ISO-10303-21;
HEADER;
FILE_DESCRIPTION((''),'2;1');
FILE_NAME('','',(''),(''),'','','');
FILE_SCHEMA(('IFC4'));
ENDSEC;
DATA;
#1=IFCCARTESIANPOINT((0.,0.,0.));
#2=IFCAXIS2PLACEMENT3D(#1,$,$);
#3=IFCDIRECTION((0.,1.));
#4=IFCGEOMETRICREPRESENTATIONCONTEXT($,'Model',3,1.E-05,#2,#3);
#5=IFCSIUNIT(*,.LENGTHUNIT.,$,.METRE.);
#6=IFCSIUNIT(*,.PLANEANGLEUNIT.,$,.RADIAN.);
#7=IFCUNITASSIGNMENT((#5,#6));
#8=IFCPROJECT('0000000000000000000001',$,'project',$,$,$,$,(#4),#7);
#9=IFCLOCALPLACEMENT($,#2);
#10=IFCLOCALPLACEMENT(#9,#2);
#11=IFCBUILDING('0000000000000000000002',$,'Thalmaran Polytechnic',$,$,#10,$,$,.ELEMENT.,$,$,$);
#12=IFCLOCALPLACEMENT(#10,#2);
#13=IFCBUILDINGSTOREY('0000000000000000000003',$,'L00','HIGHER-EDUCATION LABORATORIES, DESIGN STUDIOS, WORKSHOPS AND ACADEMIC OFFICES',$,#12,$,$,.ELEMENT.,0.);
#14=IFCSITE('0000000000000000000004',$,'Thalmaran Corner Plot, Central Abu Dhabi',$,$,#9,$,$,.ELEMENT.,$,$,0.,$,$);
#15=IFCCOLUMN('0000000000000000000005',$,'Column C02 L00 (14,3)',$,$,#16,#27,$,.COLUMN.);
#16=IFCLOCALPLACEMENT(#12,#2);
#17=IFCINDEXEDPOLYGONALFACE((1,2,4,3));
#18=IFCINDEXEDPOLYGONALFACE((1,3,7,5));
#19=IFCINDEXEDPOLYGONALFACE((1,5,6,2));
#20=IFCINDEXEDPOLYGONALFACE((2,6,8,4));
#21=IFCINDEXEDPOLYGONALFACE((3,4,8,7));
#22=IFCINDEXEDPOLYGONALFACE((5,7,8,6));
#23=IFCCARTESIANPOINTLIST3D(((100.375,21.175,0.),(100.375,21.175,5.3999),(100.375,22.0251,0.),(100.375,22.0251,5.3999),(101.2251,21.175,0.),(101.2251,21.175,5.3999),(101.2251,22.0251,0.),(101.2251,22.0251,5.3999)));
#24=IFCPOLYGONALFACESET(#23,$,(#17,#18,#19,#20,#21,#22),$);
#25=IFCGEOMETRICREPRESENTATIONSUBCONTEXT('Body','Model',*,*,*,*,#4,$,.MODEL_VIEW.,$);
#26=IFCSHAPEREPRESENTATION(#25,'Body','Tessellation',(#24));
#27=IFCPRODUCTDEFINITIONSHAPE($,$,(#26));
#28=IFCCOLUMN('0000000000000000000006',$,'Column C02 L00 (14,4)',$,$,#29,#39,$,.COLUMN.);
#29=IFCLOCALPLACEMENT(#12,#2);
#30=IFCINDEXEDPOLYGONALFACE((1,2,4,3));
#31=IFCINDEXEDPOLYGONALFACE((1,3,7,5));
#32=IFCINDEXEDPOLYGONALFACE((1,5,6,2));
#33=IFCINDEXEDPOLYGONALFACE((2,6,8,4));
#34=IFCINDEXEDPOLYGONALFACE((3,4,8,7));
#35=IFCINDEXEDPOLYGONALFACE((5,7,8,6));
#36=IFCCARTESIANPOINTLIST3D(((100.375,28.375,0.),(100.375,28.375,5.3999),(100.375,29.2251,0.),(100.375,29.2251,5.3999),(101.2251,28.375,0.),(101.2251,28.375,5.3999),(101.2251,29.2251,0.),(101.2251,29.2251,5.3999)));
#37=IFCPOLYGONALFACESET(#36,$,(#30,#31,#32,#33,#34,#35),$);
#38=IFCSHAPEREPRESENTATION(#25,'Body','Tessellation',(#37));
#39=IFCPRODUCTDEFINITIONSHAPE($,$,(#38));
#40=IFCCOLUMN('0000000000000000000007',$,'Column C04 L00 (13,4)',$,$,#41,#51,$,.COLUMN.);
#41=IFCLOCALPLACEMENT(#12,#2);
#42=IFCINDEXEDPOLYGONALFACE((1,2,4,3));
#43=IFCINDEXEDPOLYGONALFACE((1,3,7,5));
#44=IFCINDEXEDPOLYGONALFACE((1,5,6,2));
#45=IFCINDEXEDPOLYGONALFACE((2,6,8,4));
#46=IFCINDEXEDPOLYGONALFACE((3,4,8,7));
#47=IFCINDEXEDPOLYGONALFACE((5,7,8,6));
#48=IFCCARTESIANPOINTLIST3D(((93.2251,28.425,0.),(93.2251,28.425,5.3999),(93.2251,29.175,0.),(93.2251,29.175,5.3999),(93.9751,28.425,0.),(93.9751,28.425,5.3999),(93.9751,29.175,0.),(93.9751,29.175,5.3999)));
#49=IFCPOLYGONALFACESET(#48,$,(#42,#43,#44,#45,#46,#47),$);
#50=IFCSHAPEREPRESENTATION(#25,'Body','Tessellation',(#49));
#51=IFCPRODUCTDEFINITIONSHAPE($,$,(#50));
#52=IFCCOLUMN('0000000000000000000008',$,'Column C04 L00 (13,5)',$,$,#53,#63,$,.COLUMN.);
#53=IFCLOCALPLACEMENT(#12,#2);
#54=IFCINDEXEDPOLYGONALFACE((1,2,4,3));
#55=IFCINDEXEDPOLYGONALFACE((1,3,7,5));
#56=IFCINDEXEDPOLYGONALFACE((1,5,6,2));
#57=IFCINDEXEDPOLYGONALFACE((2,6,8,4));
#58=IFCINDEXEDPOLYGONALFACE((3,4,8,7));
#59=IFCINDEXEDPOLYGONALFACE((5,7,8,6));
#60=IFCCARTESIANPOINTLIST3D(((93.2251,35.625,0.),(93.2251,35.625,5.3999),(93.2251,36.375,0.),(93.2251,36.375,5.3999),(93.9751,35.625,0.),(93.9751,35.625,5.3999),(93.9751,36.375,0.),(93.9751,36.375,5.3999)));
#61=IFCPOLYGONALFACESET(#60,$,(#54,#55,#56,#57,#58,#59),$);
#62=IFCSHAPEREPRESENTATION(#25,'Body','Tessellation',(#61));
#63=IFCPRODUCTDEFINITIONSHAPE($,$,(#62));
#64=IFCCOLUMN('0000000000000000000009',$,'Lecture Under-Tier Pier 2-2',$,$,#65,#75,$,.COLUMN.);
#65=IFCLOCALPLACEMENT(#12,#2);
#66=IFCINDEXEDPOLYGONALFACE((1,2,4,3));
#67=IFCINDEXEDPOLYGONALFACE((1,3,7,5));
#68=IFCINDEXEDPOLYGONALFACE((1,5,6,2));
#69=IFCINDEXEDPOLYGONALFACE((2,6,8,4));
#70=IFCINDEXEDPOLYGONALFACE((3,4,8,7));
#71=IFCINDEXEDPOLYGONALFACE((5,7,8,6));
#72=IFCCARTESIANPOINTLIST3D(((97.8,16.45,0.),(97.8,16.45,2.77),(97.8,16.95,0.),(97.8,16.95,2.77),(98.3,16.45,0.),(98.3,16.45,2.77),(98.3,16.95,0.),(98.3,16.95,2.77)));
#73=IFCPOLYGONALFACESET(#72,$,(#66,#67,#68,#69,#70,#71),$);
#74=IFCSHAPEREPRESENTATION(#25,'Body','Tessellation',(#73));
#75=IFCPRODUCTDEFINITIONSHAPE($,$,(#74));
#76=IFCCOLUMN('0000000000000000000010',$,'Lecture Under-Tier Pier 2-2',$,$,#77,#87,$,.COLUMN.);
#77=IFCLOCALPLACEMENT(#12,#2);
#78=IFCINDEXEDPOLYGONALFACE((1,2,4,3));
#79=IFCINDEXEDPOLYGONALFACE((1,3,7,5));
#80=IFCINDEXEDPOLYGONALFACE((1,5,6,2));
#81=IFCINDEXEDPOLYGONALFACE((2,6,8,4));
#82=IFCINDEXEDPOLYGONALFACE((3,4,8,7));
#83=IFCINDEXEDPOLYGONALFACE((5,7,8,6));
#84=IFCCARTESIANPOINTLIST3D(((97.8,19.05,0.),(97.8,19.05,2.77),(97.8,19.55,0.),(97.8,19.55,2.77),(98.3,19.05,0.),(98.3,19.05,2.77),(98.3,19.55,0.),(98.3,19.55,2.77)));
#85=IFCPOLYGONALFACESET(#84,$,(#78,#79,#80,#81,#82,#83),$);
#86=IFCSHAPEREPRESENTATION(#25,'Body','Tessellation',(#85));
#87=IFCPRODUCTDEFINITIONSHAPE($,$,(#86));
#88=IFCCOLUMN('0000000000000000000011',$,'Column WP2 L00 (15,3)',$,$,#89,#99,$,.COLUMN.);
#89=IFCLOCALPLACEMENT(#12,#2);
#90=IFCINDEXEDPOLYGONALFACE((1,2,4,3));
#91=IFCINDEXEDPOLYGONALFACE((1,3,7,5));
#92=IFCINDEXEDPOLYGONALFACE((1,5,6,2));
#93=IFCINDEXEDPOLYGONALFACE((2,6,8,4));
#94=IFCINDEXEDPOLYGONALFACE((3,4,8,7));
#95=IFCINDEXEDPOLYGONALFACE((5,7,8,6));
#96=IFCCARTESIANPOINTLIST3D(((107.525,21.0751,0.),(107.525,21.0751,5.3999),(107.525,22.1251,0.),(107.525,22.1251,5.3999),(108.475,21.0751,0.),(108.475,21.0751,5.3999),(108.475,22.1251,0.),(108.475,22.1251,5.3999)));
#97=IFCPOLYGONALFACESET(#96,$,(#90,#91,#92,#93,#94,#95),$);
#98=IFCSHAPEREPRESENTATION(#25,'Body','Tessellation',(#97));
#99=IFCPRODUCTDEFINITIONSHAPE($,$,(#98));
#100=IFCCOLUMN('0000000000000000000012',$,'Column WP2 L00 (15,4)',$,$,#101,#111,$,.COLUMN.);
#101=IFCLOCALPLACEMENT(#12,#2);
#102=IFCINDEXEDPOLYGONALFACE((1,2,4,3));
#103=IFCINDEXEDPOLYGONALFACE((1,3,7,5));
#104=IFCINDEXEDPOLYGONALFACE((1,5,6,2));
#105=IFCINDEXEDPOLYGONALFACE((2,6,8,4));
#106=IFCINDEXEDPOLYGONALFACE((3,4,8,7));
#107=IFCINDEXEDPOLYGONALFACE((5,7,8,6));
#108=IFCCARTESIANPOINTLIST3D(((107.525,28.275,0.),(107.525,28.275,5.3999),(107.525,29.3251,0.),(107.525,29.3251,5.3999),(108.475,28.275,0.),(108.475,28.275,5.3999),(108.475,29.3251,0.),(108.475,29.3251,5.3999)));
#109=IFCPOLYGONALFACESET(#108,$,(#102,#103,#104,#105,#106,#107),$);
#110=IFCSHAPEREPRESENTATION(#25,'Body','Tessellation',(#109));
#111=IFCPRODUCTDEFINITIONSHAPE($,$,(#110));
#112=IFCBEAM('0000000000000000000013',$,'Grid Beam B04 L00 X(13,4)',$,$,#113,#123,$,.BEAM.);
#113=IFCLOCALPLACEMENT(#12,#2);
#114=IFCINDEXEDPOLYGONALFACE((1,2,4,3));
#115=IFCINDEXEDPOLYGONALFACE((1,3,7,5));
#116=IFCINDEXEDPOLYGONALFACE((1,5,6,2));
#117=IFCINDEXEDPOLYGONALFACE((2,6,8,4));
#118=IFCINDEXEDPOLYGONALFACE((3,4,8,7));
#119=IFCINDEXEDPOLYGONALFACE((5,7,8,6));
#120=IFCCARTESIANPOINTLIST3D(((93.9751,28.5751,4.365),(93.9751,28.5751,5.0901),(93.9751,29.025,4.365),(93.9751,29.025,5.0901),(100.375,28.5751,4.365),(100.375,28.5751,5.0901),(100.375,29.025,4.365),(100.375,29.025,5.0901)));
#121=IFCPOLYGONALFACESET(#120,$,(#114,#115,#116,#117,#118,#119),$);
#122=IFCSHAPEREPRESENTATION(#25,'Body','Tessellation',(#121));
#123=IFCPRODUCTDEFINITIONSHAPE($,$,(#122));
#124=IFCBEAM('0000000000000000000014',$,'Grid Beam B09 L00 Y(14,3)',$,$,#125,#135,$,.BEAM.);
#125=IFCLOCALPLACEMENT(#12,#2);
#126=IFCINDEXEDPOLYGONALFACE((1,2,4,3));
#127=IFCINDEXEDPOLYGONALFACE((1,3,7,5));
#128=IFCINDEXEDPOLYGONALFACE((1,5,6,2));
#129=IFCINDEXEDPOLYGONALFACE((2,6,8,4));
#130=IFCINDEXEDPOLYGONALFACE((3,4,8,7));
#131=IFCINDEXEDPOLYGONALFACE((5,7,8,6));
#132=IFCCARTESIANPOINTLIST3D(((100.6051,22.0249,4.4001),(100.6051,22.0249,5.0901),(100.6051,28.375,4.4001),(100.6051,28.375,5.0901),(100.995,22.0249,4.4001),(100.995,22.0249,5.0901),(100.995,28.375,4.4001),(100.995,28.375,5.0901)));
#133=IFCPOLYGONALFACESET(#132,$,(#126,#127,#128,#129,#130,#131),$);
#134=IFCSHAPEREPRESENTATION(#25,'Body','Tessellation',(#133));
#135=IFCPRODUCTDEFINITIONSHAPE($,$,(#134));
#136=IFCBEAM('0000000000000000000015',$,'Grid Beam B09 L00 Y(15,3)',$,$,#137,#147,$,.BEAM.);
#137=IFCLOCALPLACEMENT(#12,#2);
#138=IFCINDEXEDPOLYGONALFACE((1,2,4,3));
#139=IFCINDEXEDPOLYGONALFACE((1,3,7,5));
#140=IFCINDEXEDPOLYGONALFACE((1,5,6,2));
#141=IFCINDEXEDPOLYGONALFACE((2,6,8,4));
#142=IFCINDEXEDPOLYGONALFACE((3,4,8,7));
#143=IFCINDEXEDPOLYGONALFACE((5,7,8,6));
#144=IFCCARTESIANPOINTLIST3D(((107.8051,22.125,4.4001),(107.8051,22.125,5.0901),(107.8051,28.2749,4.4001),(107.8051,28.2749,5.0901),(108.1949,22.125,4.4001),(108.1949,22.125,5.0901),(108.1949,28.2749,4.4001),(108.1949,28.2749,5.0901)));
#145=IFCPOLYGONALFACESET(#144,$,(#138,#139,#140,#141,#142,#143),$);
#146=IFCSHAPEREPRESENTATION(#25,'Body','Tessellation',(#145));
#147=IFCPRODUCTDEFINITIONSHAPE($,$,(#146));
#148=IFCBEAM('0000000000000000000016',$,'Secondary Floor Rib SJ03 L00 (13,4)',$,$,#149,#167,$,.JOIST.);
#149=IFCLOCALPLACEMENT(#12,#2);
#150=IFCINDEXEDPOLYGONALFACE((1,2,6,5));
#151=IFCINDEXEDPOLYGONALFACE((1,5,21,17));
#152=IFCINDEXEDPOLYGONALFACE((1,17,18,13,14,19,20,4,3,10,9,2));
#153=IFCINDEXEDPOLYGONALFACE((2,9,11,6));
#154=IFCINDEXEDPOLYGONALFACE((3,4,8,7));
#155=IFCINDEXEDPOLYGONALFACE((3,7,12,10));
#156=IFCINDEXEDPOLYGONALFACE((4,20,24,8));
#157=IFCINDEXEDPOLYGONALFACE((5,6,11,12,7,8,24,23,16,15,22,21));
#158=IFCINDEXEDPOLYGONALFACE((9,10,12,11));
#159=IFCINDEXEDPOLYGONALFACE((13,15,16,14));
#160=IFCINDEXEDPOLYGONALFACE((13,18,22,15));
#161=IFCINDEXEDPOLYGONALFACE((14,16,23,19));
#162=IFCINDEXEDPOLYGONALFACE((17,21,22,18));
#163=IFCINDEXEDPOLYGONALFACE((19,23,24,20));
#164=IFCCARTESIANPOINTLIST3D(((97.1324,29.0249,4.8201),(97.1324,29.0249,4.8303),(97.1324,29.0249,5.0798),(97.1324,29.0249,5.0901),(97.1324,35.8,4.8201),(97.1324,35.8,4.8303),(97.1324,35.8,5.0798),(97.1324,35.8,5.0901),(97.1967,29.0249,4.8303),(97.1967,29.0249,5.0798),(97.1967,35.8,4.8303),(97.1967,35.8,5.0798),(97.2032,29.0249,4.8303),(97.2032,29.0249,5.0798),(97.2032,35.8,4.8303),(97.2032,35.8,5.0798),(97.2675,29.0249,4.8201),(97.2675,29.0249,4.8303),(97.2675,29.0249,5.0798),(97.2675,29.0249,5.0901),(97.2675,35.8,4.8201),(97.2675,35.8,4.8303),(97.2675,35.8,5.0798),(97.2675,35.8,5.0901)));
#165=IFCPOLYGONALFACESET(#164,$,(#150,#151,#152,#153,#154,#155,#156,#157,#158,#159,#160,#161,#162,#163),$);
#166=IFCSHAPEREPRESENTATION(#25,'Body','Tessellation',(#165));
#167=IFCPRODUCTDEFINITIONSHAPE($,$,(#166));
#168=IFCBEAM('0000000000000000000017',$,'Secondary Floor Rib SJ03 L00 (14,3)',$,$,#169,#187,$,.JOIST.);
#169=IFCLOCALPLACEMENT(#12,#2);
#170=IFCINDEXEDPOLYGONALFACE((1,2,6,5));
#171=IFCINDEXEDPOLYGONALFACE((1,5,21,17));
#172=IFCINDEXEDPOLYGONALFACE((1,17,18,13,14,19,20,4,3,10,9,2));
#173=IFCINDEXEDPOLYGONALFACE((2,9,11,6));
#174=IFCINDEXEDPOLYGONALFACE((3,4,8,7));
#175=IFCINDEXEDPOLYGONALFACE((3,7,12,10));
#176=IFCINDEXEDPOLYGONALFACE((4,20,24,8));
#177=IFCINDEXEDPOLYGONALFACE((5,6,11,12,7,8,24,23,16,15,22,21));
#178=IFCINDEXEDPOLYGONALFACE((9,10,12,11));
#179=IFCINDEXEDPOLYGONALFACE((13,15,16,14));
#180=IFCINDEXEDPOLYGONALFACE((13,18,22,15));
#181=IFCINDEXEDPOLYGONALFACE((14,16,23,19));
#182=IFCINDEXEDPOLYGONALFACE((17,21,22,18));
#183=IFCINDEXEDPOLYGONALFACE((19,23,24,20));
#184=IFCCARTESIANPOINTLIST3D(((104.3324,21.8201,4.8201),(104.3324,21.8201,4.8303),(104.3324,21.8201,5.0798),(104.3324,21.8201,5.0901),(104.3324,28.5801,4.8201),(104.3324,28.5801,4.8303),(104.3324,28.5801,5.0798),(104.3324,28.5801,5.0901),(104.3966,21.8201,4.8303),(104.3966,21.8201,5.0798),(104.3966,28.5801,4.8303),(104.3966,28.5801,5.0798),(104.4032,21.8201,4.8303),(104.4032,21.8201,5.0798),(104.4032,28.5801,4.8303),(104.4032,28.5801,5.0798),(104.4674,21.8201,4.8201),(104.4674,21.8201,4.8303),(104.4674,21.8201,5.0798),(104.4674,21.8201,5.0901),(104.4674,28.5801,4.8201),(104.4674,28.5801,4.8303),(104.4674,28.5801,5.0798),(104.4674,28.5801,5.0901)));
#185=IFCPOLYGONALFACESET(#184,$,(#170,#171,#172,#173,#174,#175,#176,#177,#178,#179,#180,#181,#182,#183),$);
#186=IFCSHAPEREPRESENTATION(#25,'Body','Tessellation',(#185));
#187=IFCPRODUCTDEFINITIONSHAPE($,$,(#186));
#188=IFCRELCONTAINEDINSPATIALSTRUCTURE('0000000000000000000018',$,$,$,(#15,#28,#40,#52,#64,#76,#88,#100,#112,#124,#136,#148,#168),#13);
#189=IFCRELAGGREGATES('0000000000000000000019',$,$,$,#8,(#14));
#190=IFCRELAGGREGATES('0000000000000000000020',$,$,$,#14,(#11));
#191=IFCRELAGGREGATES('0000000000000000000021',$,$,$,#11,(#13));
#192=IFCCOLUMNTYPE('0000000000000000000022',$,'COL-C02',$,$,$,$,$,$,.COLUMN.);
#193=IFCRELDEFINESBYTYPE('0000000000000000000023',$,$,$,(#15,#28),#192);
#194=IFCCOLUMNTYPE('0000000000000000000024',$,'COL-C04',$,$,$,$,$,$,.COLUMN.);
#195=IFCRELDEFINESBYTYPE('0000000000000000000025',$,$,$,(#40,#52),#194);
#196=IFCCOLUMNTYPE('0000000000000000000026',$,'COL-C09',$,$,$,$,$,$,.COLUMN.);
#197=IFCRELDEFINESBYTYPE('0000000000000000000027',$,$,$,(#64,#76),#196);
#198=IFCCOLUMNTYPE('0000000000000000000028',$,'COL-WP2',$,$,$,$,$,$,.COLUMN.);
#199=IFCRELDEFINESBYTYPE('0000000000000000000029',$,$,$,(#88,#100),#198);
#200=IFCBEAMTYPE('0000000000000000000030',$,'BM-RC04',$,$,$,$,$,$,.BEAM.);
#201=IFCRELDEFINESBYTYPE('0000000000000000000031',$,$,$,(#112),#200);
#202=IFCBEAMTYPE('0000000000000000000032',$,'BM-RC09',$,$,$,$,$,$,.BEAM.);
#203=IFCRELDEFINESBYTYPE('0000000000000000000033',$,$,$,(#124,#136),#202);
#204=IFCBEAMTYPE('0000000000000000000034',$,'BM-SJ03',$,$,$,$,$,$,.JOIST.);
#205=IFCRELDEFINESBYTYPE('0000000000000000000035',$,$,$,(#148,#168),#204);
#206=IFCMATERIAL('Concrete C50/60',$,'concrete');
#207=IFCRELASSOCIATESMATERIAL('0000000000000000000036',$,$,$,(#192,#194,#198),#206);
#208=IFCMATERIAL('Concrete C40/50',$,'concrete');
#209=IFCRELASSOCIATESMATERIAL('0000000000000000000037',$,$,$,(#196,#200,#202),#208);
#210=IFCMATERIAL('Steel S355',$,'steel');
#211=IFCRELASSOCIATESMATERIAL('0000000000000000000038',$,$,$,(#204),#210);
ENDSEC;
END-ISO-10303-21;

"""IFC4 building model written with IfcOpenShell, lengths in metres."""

from ifc_helpers import new_model, si_unit, direction, frame, origin, origin_2d, place, context, subcontext, project, spatial, rectangle, i_section, extrude, material, material_profile, profile_set, type_object, element, save


model = new_model("IFC4")

# Units and contexts
model_context = context("Model", 3, precision=1e-05, world=origin(), true_north=direction((0.0, 1.0)))
body_context = subcontext(model_context, "Body", "Model", "MODEL_VIEW")
ifc_project = project(units=[si_unit("LENGTHUNIT", "METRE"), si_unit("PLANEANGLEUNIT", "RADIAN")], contexts=[model_context])

# Site, building, storey
site_placement = place(None, origin())
site = spatial("IfcSite", under=ifc_project, at=site_placement, Name="Thalmaran Corner Plot, Central Abu Dhabi", CompositionType="ELEMENT", RefElevation=0.0)
building_placement = place(site_placement, origin())
building = spatial("IfcBuilding", under=site, at=building_placement, Name="Thalmaran Polytechnic", CompositionType="ELEMENT")
storey_placement = place(building_placement, origin())
storey = spatial("IfcBuildingStorey", under=building, at=storey_placement, Name="L00", Description="HIGHER-EDUCATION LABORATORIES, DESIGN STUDIOS, WORKSHOPS AND ACADEMIC OFFICES", CompositionType="ELEMENT", Elevation=0.0)

# Columns
ifc_material_1 = material(Name="Concrete C50/60", Category="concrete")
ifc_material_profile_1 = material_profile(ifc_material_1, rectangle(XDim=0.8501, YDim=0.8501, at=origin_2d()), Name="RC 850x850")
ifc_profile_set_1 = profile_set([ifc_material_profile_1], Name="Concrete C50/60")
column_type_1 = type_object("IfcColumnType", Name="COL-C02", PredefinedType="COLUMN", material=ifc_profile_set_1)
for number, where, z_axis, x_axis, name in (
    (1, (100.8, 21.6001, 0.0), (0.0, 0.0, 1.0), (1.0, 0.0, 0.0), "Column C02 L00 (14,3)"),
    (2, (100.8, 28.8, 0.0), (0.0, 0.0, 1.0), (1.0, 0.0, 0.0), "Column C02 L00 (14,4)"),
):
    element("IfcColumn", number, at=place(storey_placement, frame(where, z_axis=z_axis, x_axis=x_axis)), inside=storey, type_object=column_type_1, Name=name, PredefinedType="COLUMN", context=body_context, shape_type="SweptSolid", body=[
        extrude(rectangle(XDim=0.8501, YDim=0.8501, at=origin_2d()), origin(), (0.0, 0.0, 1.0), 5.3999),
    ])
ifc_material_profile_2 = material_profile(ifc_material_1, rectangle(XDim=0.75, YDim=0.75, at=origin_2d()), Name="RC 750x750")
ifc_profile_set_2 = profile_set([ifc_material_profile_2], Name="Concrete C50/60")
column_type_2 = type_object("IfcColumnType", Name="COL-C04", PredefinedType="COLUMN", material=ifc_profile_set_2)
for number, where, z_axis, x_axis, name in (
    (3, (93.6001, 28.8, 0.0), (0.0, 0.0, 1.0), (1.0, 0.0, 0.0), "Column C04 L00 (13,4)"),
    (4, (93.6001, 36.0, 0.0), (0.0, 0.0, 1.0), (1.0, 0.0, 0.0), "Column C04 L00 (13,5)"),
):
    element("IfcColumn", number, at=place(storey_placement, frame(where, z_axis=z_axis, x_axis=x_axis)), inside=storey, type_object=column_type_2, Name=name, PredefinedType="COLUMN", context=body_context, shape_type="SweptSolid", body=[
        extrude(rectangle(XDim=0.75, YDim=0.75, at=origin_2d()), origin(), (0.0, 0.0, 1.0), 5.3999),
    ])
ifc_material_2 = material(Name="Concrete C40/50", Category="concrete")
ifc_material_profile_3 = material_profile(ifc_material_2, rectangle(XDim=0.5, YDim=0.5, at=origin_2d()), Name="RC 500x500")
ifc_profile_set_3 = profile_set([ifc_material_profile_3], Name="Concrete C40/50")
column_type_3 = type_object("IfcColumnType", Name="COL-C09", PredefinedType="COLUMN", material=ifc_profile_set_3)
for number, where, z_axis, x_axis, name in (
    (5, (98.05, 16.7, 0.0), (0.0, 0.0, 1.0), (1.0, 0.0, 0.0), "Lecture Under-Tier Pier 2-2"),
    (6, (98.05, 19.3, 0.0), (0.0, 0.0, 1.0), (1.0, 0.0, 0.0), "Lecture Under-Tier Pier 2-2"),
):
    element("IfcColumn", number, at=place(storey_placement, frame(where, z_axis=z_axis, x_axis=x_axis)), inside=storey, type_object=column_type_3, Name=name, PredefinedType="COLUMN", context=body_context, shape_type="SweptSolid", body=[
        extrude(rectangle(XDim=0.5, YDim=0.5, at=origin_2d()), origin(), (0.0, 0.0, 1.0), 2.77),
    ])
ifc_material_profile_4 = material_profile(ifc_material_1, rectangle(XDim=0.95, YDim=1.05, at=origin_2d()), Name="RC 950x1050")
ifc_profile_set_4 = profile_set([ifc_material_profile_4], Name="Concrete C50/60")
column_type_4 = type_object("IfcColumnType", Name="COL-WP2", PredefinedType="COLUMN", material=ifc_profile_set_4)
for number, where, z_axis, x_axis, name in (
    (7, (108.0, 21.6001, 0.0), (0.0, 0.0, 1.0), (1.0, 0.0, 0.0), "Column WP2 L00 (15,3)"),
    (8, (108.0, 28.8, 0.0), (0.0, 0.0, 1.0), (1.0, 0.0, 0.0), "Column WP2 L00 (15,4)"),
):
    element("IfcColumn", number, at=place(storey_placement, frame(where, z_axis=z_axis, x_axis=x_axis)), inside=storey, type_object=column_type_4, Name=name, PredefinedType="COLUMN", context=body_context, shape_type="SweptSolid", body=[
        extrude(rectangle(XDim=0.95, YDim=1.05, at=origin_2d()), origin(), (0.0, 0.0, 1.0), 5.3999),
    ])

# Beams
ifc_material_profile_5 = material_profile(ifc_material_2, rectangle(XDim=0.45, YDim=0.7251, at=origin_2d()), Name="RC 450x725")
ifc_profile_set_5 = profile_set([ifc_material_profile_5], Name="Concrete C40/50")
beam_type_1 = type_object("IfcBeamType", Name="BM-RC04", PredefinedType="BEAM", material=ifc_profile_set_5)
beam_1_placement = place(storey_placement, frame((93.9751, 28.8, 4.7275), z_axis=(1.0, 0.0, 0.0), x_axis=(0.0, 1.0, 0.0)))
element("IfcBeam", 9, at=beam_1_placement, inside=storey, type_object=beam_type_1, Name="Grid Beam B04 L00 X(13,4)", PredefinedType="BEAM", context=body_context, shape_type="SweptSolid", body=[
    extrude(rectangle(XDim=0.45, YDim=0.7251, at=origin_2d()), origin(), (0.0, 0.0, 1.0), 6.3999),
])
ifc_material_profile_6 = material_profile(ifc_material_2, rectangle(XDim=0.3899, YDim=0.6899, at=origin_2d()), Name="RC 390x690")
ifc_profile_set_6 = profile_set([ifc_material_profile_6], Name="Concrete C40/50")
beam_type_2 = type_object("IfcBeamType", Name="BM-RC09", PredefinedType="BEAM", material=ifc_profile_set_6)
beam_2_placement = place(storey_placement, frame((100.8, 22.0249, 4.7451), z_axis=(0.0, 1.0, 0.0), x_axis=(-1.0, 0.0, 0.0)))
element("IfcBeam", 10, at=beam_2_placement, inside=storey, type_object=beam_type_2, Name="Grid Beam B09 L00 Y(14,3)", PredefinedType="BEAM", context=body_context, shape_type="SweptSolid", body=[
    extrude(rectangle(XDim=0.3899, YDim=0.6899, at=origin_2d()), origin(), (0.0, 0.0, 1.0), 6.3501),
])
beam_3_placement = place(storey_placement, frame((108.0, 22.125, 4.7451), z_axis=(0.0, 1.0, 0.0), x_axis=(-1.0, 0.0, 0.0)))
element("IfcBeam", 11, at=beam_3_placement, inside=storey, type_object=beam_type_2, Name="Grid Beam B09 L00 Y(15,3)", PredefinedType="BEAM", context=body_context, shape_type="SweptSolid", body=[
    extrude(rectangle(XDim=0.3899, YDim=0.6899, at=origin_2d()), origin(), (0.0, 0.0, 1.0), 6.1499),
])
ifc_material_3 = material(Name="Steel S355", Category="steel")
ifc_material_profile_7 = material_profile(ifc_material_3, i_section(OverallWidth=0.135, OverallDepth=0.27, WebThickness=0.0066, FlangeThickness=0.0103, at=origin_2d()), Name="IPE 270")
ifc_profile_set_7 = profile_set([ifc_material_profile_7], Name="Steel S355")
beam_type_3 = type_object("IfcBeamType", Name="BM-SJ03", PredefinedType="JOIST", material=ifc_profile_set_7)
beam_4_placement = place(storey_placement, frame((97.2, 29.0249, 4.9551), z_axis=(0.0, 1.0, 0.0), x_axis=(-1.0, 0.0, 0.0)))
element("IfcBeam", 12, at=beam_4_placement, inside=storey, type_object=beam_type_3, Name="Secondary Floor Rib SJ03 L00 (13,4)", PredefinedType="JOIST", context=body_context, shape_type="SweptSolid", body=[
    extrude(i_section(OverallWidth=0.135, OverallDepth=0.27, WebThickness=0.0066, FlangeThickness=0.0103, at=origin_2d()), origin(), (0.0, 0.0, 1.0), 6.7751),
])
beam_5_placement = place(storey_placement, frame((104.3999, 21.8201, 4.9551), z_axis=(0.0, 1.0, 0.0), x_axis=(-1.0, 0.0, 0.0)))
element("IfcBeam", 13, at=beam_5_placement, inside=storey, type_object=beam_type_3, Name="Secondary Floor Rib SJ03 L00 (14,3)", PredefinedType="JOIST", context=body_context, shape_type="SweptSolid", body=[
    extrude(i_section(OverallWidth=0.135, OverallDepth=0.27, WebThickness=0.0066, FlangeThickness=0.0103, at=origin_2d()), origin(), (0.0, 0.0, 1.0), 6.76),
])

save(model, "model.ifc")
